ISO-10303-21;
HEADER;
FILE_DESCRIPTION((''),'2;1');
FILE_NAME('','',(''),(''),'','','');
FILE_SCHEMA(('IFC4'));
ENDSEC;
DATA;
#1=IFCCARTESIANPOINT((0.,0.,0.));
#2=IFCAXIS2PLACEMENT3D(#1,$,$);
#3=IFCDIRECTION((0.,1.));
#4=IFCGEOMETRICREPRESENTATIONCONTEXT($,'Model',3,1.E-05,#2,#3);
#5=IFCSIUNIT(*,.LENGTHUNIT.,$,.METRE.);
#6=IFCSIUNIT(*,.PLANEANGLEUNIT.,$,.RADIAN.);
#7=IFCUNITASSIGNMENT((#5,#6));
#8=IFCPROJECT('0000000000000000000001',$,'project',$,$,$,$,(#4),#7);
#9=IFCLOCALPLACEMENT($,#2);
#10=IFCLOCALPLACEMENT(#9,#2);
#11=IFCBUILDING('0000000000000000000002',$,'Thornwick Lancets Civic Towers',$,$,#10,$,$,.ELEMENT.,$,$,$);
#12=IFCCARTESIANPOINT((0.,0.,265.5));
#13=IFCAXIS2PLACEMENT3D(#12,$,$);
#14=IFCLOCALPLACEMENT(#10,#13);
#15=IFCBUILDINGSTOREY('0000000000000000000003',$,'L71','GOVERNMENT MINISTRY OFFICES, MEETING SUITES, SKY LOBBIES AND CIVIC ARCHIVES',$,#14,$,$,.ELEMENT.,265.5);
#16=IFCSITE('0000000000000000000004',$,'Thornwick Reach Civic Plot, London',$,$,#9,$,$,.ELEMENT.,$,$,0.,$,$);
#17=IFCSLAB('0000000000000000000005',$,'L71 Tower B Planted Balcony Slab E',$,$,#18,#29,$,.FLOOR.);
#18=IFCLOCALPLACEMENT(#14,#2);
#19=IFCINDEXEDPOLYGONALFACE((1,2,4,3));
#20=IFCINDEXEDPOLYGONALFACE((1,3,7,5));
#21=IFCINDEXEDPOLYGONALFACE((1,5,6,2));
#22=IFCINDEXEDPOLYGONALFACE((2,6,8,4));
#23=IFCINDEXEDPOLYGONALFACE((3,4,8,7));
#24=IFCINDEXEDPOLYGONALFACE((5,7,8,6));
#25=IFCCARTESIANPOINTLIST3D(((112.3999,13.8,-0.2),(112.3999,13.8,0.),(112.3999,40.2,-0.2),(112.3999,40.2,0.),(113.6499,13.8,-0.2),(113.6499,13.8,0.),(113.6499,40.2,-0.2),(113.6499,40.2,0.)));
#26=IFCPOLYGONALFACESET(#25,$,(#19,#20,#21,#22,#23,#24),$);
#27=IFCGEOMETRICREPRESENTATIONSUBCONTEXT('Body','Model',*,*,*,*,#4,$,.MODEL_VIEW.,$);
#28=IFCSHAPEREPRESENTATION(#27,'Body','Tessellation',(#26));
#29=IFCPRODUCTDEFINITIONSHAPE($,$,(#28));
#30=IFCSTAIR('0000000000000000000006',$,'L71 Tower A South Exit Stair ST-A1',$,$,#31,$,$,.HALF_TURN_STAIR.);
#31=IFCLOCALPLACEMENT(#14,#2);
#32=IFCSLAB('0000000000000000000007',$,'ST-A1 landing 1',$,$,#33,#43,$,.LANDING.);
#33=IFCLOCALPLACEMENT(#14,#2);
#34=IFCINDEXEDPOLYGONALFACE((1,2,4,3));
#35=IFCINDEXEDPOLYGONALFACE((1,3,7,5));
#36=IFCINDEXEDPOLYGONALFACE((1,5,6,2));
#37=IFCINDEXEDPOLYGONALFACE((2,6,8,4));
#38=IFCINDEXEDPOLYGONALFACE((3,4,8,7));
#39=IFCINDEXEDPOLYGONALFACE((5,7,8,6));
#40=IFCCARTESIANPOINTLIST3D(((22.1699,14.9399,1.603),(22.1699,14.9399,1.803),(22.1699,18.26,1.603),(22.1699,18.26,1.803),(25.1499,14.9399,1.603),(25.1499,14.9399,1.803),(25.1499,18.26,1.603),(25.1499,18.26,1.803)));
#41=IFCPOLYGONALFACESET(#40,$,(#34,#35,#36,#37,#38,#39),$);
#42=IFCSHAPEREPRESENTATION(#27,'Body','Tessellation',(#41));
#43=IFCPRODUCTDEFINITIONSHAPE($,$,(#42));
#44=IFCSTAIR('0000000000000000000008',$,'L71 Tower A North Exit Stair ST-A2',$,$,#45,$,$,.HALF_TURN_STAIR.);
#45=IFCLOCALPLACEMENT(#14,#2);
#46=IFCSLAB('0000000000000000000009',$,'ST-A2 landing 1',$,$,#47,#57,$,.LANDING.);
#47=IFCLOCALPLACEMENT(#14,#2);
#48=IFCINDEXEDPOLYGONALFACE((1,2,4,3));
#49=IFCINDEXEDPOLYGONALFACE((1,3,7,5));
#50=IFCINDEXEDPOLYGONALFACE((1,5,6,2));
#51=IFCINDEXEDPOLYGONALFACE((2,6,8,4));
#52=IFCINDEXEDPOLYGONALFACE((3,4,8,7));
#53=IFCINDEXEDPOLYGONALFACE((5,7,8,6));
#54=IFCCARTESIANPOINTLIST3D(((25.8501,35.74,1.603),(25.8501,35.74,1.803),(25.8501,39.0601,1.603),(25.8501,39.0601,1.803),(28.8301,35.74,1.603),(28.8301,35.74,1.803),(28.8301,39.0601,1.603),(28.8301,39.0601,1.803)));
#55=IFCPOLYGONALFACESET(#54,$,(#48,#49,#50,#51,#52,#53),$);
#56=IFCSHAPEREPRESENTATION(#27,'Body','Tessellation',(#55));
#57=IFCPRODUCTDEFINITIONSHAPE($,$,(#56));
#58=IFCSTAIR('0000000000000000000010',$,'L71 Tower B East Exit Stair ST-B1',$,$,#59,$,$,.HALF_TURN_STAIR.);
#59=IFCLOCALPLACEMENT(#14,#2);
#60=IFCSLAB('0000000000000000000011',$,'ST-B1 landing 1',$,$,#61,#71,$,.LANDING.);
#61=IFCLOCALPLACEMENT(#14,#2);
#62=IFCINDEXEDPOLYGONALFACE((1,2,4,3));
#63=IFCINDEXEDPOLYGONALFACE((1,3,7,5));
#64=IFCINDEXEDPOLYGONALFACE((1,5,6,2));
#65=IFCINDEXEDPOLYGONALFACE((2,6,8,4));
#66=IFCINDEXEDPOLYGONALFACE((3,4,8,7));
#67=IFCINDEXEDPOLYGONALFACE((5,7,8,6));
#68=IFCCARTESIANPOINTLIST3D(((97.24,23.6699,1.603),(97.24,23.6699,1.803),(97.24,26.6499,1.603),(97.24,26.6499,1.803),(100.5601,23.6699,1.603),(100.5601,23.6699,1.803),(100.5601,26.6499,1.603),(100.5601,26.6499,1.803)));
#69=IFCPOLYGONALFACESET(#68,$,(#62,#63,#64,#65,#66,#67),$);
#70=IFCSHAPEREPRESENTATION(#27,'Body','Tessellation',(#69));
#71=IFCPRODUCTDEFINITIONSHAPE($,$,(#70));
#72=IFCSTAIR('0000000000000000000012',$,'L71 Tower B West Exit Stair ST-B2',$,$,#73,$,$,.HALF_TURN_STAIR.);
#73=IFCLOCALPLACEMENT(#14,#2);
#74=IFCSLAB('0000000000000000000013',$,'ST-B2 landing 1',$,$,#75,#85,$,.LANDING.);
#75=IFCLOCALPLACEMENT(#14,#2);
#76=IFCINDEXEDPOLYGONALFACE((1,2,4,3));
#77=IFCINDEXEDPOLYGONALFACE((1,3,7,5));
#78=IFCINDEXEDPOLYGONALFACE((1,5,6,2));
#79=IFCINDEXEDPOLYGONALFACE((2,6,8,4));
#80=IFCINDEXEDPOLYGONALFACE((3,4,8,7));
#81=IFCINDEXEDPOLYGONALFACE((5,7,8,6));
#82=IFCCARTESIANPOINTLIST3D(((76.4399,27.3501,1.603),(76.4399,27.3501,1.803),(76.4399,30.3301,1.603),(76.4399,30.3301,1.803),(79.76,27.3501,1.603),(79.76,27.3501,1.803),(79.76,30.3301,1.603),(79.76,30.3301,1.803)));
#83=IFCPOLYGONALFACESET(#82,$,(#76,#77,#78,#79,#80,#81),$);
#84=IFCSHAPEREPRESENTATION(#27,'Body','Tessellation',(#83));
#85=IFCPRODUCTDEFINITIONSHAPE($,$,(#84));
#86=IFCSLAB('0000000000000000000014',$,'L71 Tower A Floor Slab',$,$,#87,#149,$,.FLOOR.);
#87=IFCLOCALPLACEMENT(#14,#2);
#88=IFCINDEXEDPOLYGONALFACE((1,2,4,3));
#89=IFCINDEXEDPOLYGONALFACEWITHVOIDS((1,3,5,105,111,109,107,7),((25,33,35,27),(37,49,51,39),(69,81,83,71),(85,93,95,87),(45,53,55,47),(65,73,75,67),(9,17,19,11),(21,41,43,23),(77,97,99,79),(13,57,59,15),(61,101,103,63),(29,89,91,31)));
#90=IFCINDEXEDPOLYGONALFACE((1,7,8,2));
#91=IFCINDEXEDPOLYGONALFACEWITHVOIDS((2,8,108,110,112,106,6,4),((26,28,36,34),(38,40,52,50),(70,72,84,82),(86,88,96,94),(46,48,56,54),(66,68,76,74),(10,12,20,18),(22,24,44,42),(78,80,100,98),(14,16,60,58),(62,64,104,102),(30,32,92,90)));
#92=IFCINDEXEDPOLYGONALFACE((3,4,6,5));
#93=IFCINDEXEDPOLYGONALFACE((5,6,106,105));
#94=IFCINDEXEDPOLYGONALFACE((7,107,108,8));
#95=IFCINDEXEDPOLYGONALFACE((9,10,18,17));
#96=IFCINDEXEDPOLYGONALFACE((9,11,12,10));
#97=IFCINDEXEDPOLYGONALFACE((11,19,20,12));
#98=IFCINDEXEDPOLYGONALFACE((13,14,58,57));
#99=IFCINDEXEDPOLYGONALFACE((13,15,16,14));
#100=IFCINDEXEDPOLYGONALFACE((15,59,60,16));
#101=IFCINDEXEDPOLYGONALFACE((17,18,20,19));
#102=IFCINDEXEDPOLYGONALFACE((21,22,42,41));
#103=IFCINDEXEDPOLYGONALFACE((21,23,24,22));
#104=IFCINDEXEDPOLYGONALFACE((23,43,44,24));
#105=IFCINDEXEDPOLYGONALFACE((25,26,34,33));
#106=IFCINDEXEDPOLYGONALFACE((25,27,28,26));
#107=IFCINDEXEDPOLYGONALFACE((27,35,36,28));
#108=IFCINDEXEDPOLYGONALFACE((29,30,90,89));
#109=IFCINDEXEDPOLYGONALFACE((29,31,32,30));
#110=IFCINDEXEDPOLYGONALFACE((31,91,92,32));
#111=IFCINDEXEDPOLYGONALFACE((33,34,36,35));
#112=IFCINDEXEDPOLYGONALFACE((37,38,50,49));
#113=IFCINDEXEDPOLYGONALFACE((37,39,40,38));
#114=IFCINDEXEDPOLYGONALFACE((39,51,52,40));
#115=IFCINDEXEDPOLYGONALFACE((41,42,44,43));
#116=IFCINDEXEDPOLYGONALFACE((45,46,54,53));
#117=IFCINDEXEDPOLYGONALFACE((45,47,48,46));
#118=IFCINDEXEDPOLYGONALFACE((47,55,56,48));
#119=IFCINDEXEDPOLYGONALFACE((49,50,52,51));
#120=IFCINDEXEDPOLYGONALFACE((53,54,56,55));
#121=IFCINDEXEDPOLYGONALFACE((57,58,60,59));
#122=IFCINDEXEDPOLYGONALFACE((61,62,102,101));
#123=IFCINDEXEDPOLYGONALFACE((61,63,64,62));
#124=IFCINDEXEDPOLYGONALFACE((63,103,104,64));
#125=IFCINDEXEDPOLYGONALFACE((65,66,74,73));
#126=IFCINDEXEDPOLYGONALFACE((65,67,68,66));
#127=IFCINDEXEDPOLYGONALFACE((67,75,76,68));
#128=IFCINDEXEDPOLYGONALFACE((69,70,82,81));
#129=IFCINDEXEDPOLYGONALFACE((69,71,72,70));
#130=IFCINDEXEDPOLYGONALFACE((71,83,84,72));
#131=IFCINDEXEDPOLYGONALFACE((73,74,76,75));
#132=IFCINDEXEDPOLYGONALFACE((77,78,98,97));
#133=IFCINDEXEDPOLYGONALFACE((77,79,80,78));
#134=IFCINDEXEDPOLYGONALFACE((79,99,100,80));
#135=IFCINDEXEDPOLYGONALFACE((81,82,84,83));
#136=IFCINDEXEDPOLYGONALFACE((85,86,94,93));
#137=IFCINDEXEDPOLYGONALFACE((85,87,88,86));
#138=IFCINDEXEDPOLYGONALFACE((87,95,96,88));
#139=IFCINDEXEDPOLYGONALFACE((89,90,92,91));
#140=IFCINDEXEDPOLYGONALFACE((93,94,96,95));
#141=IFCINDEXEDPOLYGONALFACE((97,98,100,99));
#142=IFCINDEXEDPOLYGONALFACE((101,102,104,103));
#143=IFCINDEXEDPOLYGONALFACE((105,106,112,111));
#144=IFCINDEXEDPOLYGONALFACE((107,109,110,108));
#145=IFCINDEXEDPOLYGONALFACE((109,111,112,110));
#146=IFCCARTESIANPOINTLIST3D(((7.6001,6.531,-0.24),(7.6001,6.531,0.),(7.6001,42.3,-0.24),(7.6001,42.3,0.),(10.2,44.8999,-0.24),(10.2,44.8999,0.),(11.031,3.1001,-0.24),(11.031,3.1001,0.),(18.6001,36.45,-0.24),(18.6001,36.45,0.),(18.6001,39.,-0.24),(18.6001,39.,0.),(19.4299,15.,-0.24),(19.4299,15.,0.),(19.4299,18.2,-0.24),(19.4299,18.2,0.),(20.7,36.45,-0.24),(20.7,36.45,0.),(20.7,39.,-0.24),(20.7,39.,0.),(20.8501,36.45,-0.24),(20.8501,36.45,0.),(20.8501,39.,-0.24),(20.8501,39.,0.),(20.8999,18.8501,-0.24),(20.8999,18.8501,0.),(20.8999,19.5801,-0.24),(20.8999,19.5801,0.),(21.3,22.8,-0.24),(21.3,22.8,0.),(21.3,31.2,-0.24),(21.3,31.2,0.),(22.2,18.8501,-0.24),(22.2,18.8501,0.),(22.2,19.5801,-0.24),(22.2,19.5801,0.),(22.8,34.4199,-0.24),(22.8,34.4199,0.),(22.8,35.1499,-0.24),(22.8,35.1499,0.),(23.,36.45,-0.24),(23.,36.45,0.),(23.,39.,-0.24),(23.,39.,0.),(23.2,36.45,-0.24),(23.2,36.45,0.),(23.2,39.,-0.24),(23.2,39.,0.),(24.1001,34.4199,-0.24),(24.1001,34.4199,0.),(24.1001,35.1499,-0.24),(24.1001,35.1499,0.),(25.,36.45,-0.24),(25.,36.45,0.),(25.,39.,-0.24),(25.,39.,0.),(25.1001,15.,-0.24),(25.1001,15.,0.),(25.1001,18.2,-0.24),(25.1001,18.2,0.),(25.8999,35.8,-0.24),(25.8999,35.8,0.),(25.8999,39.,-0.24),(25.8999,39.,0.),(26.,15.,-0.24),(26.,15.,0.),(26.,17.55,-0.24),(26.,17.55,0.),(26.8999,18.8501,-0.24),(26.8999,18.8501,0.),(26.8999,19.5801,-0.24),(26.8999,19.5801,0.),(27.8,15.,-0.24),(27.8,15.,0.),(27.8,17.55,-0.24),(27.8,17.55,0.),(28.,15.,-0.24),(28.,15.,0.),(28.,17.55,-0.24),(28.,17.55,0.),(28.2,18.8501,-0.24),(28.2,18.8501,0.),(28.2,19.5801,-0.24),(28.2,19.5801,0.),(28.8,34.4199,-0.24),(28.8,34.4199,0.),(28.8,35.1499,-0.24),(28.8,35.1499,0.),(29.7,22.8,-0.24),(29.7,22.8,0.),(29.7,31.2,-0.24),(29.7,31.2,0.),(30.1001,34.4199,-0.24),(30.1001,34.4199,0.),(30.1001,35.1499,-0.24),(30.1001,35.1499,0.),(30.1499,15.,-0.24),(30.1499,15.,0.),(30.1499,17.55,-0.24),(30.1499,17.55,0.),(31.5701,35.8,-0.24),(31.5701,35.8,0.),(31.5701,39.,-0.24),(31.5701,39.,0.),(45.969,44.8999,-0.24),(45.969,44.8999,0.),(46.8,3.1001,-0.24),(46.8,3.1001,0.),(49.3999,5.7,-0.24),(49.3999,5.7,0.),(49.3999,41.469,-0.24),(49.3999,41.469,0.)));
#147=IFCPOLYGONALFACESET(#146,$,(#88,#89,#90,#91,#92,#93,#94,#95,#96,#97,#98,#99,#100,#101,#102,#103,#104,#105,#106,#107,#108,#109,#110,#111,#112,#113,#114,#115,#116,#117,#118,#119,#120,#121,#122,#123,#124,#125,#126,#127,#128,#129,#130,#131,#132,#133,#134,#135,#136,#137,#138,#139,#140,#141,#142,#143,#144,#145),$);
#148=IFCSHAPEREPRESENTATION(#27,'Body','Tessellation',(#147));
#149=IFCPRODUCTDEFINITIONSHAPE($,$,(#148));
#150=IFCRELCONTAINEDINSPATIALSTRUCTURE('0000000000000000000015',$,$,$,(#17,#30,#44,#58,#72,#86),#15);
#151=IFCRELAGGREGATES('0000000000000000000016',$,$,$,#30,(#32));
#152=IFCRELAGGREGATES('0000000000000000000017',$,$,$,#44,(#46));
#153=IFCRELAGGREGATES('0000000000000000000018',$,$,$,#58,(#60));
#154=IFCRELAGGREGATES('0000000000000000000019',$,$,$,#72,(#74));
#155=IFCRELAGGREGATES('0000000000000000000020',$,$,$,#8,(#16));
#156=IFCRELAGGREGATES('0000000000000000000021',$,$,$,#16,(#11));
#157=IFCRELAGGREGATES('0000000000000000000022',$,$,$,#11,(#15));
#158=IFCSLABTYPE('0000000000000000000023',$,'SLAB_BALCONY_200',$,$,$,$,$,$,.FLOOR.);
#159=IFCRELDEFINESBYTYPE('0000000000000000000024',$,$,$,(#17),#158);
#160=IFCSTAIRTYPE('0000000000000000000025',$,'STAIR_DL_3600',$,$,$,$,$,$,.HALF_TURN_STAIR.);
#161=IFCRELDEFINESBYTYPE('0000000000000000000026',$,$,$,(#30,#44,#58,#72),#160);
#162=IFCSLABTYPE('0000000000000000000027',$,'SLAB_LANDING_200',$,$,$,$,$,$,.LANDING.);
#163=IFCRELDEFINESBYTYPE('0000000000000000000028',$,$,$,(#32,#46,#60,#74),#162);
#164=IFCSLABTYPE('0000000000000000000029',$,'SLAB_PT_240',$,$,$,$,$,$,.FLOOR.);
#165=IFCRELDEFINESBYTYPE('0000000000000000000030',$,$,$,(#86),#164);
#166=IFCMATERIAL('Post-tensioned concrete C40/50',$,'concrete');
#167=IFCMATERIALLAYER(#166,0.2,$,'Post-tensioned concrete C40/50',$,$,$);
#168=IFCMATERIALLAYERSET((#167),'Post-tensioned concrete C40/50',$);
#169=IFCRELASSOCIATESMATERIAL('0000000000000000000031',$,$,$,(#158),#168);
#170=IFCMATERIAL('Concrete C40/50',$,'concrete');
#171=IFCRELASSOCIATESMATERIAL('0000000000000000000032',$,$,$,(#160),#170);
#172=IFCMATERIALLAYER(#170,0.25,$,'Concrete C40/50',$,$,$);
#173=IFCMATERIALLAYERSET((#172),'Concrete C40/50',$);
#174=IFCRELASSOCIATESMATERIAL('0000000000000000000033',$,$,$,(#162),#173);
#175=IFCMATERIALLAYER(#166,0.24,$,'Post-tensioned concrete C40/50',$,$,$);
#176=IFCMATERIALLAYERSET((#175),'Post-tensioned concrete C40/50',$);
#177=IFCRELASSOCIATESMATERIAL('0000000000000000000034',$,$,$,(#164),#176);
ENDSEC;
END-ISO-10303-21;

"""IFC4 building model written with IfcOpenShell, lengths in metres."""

from ifc_helpers import new_model, si_unit, direction, frame, origin, place, context, subcontext, project, spatial, polyline, outline, extrude, material, layer, layer_set, type_object, element, aggregate, save


model = new_model("IFC4")

# Units and contexts
model_context = context("Model", 3, precision=1e-05, world=origin(), true_north=direction((0.0, 1.0)))
body_context = subcontext(model_context, "Body", "Model", "MODEL_VIEW")
ifc_project = project(units=[si_unit("LENGTHUNIT", "METRE"), si_unit("PLANEANGLEUNIT", "RADIAN")], contexts=[model_context])

# Site, building, storey
site_placement = place(None, origin())
site = spatial("IfcSite", under=ifc_project, at=site_placement, Name="Thornwick Reach Civic Plot, London", CompositionType="ELEMENT", RefElevation=0.0)
building_placement = place(site_placement, origin())
building = spatial("IfcBuilding", under=site, at=building_placement, Name="Thornwick Lancets Civic Towers", CompositionType="ELEMENT")
storey_placement = place(building_placement, frame((0.0, 0.0, 265.5)))
storey = spatial("IfcBuildingStorey", under=building, at=storey_placement, Name="L71", Description="GOVERNMENT MINISTRY OFFICES, MEETING SUITES, SKY LOBBIES AND CIVIC ARCHIVES", CompositionType="ELEMENT", Elevation=265.5)

# Slab
ifc_material_1 = material(Name="Post-tensioned concrete C40/50", Category="concrete")
ifc_layer_1 = layer(ifc_material_1, 0.2, Name="Post-tensioned concrete C40/50")
ifc_layer_set_1 = layer_set([ifc_layer_1], Name="Post-tensioned concrete C40/50")
slab_type_1 = type_object("IfcSlabType", Name="SLAB_BALCONY_200", PredefinedType="FLOOR", material=ifc_layer_set_1)
slab_1_placement = place(storey_placement, frame((0.0, 0.0, -0.2)))
element("IfcSlab", 1, at=slab_1_placement, inside=storey, type_object=slab_type_1, Name="L71 Tower B Planted Balcony Slab E", PredefinedType="FLOOR", context=body_context, shape_type="SweptSolid", body=[
    extrude(outline(polyline([(112.3999, 13.8), (113.6499, 13.8), (113.6499, 40.2), (112.3999, 40.2), (112.3999, 13.8)])), origin(), (0.0, 0.0, 1.0), 0.2),
])

# Stairs, slabs
ifc_material_2 = material(Name="Concrete C40/50", Category="concrete")
stair_type = type_object("IfcStairType", Name="STAIR_DL_3600", PredefinedType="HALF_TURN_STAIR", material=ifc_material_2)
stair_1_placement = place(storey_placement, origin())
stair_1 = element("IfcStair", 2, at=stair_1_placement, inside=storey, type_object=stair_type, Name="L71 Tower A South Exit Stair ST-A1", PredefinedType="HALF_TURN_STAIR")
ifc_layer_2 = layer(ifc_material_2, 0.25, Name="Concrete C40/50")
ifc_layer_set_2 = layer_set([ifc_layer_2], Name="Concrete C40/50")
slab_type_2 = type_object("IfcSlabType", Name="SLAB_LANDING_200", PredefinedType="LANDING", material=ifc_layer_set_2)
slab_2_placement = place(storey_placement, frame((0.0, 0.0, 1.603)))
slab_2 = element("IfcSlab", 3, at=slab_2_placement, type_object=slab_type_2, Name="ST-A1 landing 1", PredefinedType="LANDING", context=body_context, shape_type="SweptSolid", body=[
    extrude(outline(polyline([(22.1699, 14.9399), (25.1499, 14.9399), (25.1499, 18.26), (22.1699, 18.26), (22.1699, 14.9399)])), origin(), (0.0, 0.0, 1.0), 0.2),
])
aggregate(stair_1, [slab_2])
stair_2_placement = place(storey_placement, origin())
stair_2 = element("IfcStair", 4, at=stair_2_placement, inside=storey, type_object=stair_type, Name="L71 Tower A North Exit Stair ST-A2", PredefinedType="HALF_TURN_STAIR")
slab_3_placement = place(storey_placement, frame((0.0, 0.0, 1.603)))
slab_3 = element("IfcSlab", 5, at=slab_3_placement, type_object=slab_type_2, Name="ST-A2 landing 1", PredefinedType="LANDING", context=body_context, shape_type="SweptSolid", body=[
    extrude(outline(polyline([(28.8301, 39.0601), (25.8501, 39.0601), (25.8501, 35.74), (28.8301, 35.74), (28.8301, 39.0601)])), origin(), (0.0, 0.0, 1.0), 0.2),
])
aggregate(stair_2, [slab_3])
stair_3_placement = place(storey_placement, origin())
stair_3 = element("IfcStair", 6, at=stair_3_placement, inside=storey, type_object=stair_type, Name="L71 Tower B East Exit Stair ST-B1", PredefinedType="HALF_TURN_STAIR")
slab_4_placement = place(storey_placement, frame((0.0, 0.0, 1.603)))
slab_4 = element("IfcSlab", 7, at=slab_4_placement, type_object=slab_type_2, Name="ST-B1 landing 1", PredefinedType="LANDING", context=body_context, shape_type="SweptSolid", body=[
    extrude(outline(polyline([(100.5601, 23.6699), (100.5601, 26.6499), (97.24, 26.6499), (97.24, 23.6699), (100.5601, 23.6699)])), origin(), (0.0, 0.0, 1.0), 0.2),
])
aggregate(stair_3, [slab_4])
stair_4_placement = place(storey_placement, origin())
stair_4 = element("IfcStair", 8, at=stair_4_placement, inside=storey, type_object=stair_type, Name="L71 Tower B West Exit Stair ST-B2", PredefinedType="HALF_TURN_STAIR")
slab_5_placement = place(storey_placement, frame((0.0, 0.0, 1.603)))
slab_5 = element("IfcSlab", 9, at=slab_5_placement, type_object=slab_type_2, Name="ST-B2 landing 1", PredefinedType="LANDING", context=body_context, shape_type="SweptSolid", body=[
    extrude(outline(polyline([(76.4399, 30.3301), (76.4399, 27.3501), (79.76, 27.3501), (79.76, 30.3301), (76.4399, 30.3301)])), origin(), (0.0, 0.0, 1.0), 0.2),
])
aggregate(stair_4, [slab_5])

# Slab
ifc_layer_3 = layer(ifc_material_1, 0.24, Name="Post-tensioned concrete C40/50")
ifc_layer_set_3 = layer_set([ifc_layer_3], Name="Post-tensioned concrete C40/50")
slab_type_3 = type_object("IfcSlabType", Name="SLAB_PT_240", PredefinedType="FLOOR", material=ifc_layer_set_3)
slab_6_placement = place(storey_placement, frame((0.0, 0.0, -0.24)))
element("IfcSlab", 10, at=slab_6_placement, inside=storey, type_object=slab_type_3, Name="L71 Tower A Floor Slab", PredefinedType="FLOOR", context=body_context, shape_type="SweptSolid", body=[
    extrude(outline(polyline([(11.031, 3.1001), (46.8, 3.1001), (49.3999, 5.7), (49.3999, 41.469), (45.969, 44.8999), (10.2, 44.8999), (7.6001, 42.3), (7.6001, 6.531), (11.031, 3.1001)]), holes=[polyline([(21.3, 22.8), (29.7, 22.8), (29.7, 31.2), (21.3, 31.2), (21.3, 22.8)]), polyline([(19.4299, 15.0), (25.1001, 15.0), (25.1001, 18.2), (19.4299, 18.2), (19.4299, 15.0)]), polyline([(31.5701, 39.0), (25.8999, 39.0), (25.8999, 35.8), (31.5701, 35.8), (31.5701, 39.0)]), polyline([(26.0, 15.0), (27.8, 15.0), (27.8, 17.55), (26.0, 17.55), (26.0, 15.0)]), polyline([(28.0, 15.0), (30.1499, 15.0), (30.1499, 17.55), (28.0, 17.55), (28.0, 15.0)]), polyline([(23.2, 36.45), (25.0, 36.45), (25.0, 39.0), (23.2, 39.0), (23.2, 36.45)]), polyline([(20.8501, 36.45), (23.0, 36.45), (23.0, 39.0), (20.8501, 39.0), (20.8501, 36.45)]), polyline([(18.6001, 36.45), (20.7, 36.45), (20.7, 39.0), (18.6001, 39.0), (18.6001, 36.45)]), polyline([(26.8999, 18.8501), (28.2, 18.8501), (28.2, 19.5801), (26.8999, 19.5801), (26.8999, 18.8501)]), polyline([(20.8999, 18.8501), (22.2, 18.8501), (22.2, 19.5801), (20.8999, 19.5801), (20.8999, 18.8501)]), polyline([(22.8, 34.4199), (24.1001, 34.4199), (24.1001, 35.1499), (22.8, 35.1499), (22.8, 34.4199)]), polyline([(28.8, 34.4199), (30.1001, 34.4199), (30.1001, 35.1499), (28.8, 35.1499), (28.8, 34.4199)])]), origin(), (0.0, 0.0, 1.0), 0.24),
])

save(model, "model.ifc")
